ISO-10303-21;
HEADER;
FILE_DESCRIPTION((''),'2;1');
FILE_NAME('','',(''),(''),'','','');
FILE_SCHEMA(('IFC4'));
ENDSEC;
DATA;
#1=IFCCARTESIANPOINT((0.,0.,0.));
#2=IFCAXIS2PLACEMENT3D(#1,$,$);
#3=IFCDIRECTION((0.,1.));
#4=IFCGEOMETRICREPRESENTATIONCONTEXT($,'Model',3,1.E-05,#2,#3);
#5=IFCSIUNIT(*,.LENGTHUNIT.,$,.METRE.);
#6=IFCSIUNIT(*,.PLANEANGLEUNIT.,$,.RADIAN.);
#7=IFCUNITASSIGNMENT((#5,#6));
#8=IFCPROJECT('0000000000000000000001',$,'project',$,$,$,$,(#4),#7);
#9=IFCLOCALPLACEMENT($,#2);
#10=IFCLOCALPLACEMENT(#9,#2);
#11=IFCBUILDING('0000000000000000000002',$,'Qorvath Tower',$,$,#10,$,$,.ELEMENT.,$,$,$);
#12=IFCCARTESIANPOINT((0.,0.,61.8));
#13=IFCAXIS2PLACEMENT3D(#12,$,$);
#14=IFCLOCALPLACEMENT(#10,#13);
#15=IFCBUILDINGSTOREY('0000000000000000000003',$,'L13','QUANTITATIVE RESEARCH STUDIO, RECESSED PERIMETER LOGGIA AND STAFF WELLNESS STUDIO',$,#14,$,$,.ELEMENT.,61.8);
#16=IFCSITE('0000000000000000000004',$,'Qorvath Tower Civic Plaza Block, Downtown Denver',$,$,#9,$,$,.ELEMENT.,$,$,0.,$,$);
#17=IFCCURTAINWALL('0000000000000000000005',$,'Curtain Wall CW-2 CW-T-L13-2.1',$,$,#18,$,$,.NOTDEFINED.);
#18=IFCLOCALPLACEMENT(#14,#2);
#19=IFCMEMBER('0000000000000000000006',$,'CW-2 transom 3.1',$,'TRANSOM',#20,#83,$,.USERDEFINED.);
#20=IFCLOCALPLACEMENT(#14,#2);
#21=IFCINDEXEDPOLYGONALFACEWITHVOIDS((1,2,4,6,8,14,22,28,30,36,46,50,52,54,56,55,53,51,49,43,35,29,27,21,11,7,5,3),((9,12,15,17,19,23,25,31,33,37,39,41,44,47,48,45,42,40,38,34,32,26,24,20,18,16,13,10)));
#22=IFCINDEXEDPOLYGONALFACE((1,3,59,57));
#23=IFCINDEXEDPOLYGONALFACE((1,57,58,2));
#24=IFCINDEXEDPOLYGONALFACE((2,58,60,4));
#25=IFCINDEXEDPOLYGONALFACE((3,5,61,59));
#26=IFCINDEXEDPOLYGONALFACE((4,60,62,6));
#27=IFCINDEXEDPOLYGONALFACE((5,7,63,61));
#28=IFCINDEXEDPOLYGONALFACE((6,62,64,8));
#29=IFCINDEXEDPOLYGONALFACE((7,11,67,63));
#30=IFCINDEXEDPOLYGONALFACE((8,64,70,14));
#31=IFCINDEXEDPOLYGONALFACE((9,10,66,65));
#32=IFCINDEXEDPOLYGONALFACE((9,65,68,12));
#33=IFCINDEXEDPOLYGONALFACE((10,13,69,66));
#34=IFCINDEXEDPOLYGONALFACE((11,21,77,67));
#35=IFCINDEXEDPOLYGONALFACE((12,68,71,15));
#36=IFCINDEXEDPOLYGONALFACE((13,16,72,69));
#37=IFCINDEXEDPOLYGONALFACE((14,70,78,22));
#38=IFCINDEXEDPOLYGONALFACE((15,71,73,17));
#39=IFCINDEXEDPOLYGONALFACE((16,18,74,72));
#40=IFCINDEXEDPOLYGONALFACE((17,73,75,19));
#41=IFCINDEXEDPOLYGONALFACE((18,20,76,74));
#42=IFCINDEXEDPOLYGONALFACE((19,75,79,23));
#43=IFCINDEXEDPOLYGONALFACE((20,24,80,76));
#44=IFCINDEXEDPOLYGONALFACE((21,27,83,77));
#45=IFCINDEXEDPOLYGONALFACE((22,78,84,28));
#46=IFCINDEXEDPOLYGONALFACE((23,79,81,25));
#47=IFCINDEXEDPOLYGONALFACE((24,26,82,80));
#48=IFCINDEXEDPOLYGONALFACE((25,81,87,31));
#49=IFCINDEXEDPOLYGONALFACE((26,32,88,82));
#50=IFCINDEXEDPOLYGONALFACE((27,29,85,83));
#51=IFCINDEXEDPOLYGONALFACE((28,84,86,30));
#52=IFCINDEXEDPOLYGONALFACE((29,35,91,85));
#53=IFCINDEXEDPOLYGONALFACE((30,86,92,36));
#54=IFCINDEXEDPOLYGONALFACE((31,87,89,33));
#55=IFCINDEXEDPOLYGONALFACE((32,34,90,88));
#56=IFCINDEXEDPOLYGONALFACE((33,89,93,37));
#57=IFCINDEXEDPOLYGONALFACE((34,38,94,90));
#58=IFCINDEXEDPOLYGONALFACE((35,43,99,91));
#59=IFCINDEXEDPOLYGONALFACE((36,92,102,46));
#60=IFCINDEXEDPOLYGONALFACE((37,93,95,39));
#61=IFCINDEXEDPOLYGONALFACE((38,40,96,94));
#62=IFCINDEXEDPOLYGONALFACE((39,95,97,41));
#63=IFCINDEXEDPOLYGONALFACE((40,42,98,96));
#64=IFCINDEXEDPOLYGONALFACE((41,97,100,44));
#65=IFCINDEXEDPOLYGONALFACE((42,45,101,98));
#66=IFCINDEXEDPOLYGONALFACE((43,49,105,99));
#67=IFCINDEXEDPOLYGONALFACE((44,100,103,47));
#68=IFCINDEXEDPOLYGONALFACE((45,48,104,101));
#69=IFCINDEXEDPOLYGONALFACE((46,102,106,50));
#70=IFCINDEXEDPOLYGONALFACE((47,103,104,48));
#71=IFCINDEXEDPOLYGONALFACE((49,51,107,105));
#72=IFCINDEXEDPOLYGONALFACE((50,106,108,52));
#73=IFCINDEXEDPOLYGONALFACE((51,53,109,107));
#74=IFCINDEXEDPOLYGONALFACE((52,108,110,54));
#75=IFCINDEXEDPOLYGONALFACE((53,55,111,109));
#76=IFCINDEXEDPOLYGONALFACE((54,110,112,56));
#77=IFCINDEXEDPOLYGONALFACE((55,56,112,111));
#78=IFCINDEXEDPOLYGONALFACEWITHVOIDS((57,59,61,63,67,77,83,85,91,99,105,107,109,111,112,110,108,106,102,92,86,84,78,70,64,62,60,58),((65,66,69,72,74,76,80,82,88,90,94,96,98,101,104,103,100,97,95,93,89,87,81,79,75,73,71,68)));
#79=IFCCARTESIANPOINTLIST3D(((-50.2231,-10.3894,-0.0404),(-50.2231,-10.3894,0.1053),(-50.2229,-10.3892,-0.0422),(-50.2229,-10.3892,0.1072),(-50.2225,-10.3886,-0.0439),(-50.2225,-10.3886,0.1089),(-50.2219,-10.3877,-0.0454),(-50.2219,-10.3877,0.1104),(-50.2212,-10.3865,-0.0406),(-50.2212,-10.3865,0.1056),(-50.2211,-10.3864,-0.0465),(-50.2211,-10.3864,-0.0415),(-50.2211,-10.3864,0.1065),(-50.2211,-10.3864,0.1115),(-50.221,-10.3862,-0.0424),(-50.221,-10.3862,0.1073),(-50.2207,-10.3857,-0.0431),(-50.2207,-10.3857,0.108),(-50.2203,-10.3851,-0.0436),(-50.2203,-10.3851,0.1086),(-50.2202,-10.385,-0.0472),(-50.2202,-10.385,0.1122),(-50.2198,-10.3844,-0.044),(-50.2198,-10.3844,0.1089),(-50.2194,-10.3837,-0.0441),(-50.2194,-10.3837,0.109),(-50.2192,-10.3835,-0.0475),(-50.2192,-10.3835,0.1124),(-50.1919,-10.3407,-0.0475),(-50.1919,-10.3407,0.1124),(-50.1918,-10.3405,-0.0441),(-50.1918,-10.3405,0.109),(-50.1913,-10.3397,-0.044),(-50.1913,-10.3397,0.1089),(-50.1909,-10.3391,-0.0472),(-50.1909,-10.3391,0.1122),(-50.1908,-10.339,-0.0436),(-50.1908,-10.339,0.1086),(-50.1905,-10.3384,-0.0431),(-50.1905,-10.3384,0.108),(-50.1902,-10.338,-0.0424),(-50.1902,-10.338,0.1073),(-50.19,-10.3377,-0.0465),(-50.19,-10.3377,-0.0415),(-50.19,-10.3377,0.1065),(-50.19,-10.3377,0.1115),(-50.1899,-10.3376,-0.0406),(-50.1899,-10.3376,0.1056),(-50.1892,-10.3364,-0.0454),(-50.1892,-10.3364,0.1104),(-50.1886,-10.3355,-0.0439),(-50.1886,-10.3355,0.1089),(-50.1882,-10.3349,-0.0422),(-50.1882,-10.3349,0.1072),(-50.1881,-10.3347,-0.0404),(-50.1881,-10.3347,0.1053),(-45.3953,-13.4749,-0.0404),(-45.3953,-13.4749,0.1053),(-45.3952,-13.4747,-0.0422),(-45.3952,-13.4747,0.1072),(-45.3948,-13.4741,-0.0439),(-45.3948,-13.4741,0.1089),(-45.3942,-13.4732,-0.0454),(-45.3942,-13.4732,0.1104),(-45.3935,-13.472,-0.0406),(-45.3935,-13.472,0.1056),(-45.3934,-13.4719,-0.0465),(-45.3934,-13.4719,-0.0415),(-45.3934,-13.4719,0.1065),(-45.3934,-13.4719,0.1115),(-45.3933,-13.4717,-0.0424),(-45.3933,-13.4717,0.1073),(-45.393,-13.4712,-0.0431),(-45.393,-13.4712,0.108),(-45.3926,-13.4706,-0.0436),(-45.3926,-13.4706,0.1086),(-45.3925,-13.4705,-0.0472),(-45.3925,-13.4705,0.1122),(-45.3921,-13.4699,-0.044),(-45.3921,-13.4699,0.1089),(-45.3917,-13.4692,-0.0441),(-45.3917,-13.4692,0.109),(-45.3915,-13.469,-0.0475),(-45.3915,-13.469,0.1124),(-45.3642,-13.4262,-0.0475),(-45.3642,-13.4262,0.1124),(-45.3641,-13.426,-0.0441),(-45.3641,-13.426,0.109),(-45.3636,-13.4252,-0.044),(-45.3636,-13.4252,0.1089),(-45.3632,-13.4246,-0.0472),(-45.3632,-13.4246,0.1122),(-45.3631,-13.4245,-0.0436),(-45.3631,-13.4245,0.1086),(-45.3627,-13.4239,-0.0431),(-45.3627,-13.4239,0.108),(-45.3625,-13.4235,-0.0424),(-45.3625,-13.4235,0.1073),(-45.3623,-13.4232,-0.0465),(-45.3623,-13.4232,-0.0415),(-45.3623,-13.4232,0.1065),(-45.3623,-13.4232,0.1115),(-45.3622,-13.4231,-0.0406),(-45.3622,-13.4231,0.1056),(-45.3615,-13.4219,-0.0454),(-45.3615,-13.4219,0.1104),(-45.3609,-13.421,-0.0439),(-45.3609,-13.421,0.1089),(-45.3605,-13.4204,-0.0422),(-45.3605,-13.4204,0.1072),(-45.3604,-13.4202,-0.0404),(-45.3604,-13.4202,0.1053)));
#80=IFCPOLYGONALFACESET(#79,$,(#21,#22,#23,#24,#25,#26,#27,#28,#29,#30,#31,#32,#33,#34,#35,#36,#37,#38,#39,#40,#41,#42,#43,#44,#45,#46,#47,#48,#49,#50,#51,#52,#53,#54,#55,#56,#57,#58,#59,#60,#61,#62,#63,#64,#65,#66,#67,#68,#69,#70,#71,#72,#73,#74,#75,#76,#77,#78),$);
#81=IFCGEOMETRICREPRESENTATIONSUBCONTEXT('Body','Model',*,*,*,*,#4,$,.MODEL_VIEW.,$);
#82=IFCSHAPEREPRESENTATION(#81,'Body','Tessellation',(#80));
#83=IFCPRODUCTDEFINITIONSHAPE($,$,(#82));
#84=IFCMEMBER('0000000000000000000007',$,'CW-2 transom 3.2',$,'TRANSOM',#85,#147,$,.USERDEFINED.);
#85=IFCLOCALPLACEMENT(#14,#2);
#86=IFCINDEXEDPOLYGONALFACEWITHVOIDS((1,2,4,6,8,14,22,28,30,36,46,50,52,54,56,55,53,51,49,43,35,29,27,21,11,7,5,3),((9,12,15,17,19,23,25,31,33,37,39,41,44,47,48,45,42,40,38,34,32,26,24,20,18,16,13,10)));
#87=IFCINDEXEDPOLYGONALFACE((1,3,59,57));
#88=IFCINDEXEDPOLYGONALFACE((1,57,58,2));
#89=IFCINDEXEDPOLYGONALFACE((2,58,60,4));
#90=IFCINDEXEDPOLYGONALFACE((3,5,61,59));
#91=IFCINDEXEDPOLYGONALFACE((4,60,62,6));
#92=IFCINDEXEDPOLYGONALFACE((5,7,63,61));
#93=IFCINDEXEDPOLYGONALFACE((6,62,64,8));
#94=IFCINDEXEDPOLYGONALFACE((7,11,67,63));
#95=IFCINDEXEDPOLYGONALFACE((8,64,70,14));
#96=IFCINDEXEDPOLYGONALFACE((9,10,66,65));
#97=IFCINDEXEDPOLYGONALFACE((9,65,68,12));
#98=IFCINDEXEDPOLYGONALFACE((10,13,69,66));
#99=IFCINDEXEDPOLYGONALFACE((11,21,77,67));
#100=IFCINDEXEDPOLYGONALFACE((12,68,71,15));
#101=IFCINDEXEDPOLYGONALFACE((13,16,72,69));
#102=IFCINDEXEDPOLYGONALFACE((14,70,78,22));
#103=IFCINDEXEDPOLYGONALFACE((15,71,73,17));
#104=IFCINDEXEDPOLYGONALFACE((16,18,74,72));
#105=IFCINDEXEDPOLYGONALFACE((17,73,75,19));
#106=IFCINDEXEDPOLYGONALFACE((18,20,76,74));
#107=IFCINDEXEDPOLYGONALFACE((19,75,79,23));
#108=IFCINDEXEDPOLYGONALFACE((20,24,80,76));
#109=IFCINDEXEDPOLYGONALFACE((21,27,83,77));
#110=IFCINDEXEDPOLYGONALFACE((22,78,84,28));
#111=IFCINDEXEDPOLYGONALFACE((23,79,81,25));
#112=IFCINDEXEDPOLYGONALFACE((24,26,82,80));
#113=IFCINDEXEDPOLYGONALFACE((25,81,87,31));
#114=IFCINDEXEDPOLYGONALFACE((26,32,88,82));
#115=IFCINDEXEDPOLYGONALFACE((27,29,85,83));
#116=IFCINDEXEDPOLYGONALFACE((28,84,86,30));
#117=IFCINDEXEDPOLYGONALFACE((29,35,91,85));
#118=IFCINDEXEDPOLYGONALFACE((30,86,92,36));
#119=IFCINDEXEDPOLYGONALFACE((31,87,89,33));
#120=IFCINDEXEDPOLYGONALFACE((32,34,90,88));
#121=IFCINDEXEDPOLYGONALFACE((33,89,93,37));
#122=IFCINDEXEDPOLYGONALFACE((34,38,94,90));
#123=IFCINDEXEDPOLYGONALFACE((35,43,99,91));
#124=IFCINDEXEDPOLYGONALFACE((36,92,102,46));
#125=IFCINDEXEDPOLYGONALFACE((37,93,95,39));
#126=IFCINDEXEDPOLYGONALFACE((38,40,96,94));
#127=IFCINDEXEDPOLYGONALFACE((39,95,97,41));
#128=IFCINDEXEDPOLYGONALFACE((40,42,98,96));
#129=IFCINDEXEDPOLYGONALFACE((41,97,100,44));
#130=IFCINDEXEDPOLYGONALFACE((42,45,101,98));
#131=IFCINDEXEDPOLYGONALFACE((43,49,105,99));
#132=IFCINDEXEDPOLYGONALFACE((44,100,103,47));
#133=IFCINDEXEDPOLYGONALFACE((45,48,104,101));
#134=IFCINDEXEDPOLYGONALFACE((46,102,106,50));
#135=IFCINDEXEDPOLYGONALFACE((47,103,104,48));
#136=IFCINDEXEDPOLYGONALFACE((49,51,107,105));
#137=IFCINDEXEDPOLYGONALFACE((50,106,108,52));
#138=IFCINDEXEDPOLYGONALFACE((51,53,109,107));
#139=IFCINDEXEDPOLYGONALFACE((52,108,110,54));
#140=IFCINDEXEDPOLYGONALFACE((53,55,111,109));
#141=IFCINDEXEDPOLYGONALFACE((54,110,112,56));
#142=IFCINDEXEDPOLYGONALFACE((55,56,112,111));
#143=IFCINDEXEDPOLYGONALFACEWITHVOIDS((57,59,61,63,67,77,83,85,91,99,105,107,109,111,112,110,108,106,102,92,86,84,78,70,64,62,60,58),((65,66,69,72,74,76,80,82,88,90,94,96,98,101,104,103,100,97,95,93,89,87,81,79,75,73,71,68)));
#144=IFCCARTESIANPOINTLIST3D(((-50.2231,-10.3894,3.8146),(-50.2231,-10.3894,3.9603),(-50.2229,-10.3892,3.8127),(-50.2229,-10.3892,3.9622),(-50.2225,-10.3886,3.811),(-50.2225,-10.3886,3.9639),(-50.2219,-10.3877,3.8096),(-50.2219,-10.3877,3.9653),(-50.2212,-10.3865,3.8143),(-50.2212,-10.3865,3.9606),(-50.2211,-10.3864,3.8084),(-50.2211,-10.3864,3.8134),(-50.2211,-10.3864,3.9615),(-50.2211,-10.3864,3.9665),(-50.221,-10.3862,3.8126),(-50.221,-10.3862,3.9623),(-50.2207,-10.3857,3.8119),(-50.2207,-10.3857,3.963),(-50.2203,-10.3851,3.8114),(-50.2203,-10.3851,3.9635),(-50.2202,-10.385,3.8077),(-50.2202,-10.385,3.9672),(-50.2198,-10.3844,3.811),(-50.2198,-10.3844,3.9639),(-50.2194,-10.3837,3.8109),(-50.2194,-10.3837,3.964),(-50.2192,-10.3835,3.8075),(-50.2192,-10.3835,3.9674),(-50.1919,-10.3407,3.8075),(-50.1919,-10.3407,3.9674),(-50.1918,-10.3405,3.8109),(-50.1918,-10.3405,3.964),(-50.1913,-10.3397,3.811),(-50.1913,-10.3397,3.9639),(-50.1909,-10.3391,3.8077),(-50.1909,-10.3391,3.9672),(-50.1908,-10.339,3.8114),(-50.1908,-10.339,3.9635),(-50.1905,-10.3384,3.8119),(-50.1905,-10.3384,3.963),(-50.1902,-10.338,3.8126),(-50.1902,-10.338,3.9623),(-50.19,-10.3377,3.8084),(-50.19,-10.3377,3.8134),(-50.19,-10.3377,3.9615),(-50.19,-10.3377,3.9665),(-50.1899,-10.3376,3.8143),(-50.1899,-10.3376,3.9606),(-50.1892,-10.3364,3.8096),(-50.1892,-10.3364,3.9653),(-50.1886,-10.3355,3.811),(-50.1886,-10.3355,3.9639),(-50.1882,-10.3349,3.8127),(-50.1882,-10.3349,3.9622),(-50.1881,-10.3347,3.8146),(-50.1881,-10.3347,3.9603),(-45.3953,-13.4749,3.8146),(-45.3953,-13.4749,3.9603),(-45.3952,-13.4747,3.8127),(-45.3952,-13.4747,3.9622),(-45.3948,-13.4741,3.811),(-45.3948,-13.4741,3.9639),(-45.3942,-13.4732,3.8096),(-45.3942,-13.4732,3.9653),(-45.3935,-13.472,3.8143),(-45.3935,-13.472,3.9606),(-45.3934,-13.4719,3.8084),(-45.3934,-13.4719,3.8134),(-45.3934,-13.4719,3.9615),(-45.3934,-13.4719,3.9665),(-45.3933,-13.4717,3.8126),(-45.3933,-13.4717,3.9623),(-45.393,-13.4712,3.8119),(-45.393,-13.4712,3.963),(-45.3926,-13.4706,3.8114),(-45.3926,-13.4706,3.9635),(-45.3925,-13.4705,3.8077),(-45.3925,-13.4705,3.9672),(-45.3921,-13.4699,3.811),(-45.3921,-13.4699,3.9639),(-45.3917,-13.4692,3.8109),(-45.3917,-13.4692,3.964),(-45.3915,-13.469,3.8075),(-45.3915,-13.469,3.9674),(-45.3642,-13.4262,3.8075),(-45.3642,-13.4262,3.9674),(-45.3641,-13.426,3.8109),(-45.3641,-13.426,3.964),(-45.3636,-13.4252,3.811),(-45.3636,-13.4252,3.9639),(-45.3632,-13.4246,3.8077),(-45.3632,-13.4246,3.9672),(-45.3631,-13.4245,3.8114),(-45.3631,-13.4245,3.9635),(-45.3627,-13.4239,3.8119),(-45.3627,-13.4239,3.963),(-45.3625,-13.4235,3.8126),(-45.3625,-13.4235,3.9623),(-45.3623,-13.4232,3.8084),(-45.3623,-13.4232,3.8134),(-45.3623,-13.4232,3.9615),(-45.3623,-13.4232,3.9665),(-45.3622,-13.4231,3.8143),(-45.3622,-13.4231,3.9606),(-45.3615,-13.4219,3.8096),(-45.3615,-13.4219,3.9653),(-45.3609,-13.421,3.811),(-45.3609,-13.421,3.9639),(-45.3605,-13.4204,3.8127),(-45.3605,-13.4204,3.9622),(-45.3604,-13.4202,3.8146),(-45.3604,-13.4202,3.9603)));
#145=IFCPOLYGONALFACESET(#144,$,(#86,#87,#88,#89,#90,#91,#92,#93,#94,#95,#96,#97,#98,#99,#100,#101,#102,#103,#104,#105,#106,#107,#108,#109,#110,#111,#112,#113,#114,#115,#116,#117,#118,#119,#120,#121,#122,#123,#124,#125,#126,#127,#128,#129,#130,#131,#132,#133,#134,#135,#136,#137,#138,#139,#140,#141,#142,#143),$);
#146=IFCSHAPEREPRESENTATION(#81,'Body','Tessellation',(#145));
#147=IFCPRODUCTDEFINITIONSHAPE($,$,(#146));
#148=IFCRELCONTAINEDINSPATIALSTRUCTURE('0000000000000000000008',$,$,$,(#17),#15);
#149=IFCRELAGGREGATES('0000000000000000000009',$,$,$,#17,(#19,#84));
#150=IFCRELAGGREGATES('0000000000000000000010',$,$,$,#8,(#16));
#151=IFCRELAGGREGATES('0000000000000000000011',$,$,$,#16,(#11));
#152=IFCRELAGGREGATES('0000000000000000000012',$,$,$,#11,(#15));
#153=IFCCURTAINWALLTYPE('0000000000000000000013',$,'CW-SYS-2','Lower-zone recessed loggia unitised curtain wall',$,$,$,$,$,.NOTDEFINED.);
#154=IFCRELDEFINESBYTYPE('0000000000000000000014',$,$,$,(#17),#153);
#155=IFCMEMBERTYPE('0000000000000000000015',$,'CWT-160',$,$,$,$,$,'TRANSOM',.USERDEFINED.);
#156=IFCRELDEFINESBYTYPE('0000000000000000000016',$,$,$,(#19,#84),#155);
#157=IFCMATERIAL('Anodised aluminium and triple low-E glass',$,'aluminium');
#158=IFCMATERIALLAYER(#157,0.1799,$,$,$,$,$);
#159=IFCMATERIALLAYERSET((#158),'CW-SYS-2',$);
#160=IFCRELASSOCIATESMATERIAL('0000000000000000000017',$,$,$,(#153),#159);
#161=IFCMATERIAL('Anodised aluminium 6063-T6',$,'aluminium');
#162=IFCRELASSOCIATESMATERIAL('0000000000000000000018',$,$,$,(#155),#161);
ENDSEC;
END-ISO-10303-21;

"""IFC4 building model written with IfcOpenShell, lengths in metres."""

from ifc_helpers import new_model, si_unit, direction, frame, origin, origin_2d, place, context, subcontext, project, spatial, hollow_rectangle, extrude, material, layer, layer_set, material_profile, profile_set, type_object, element, aggregate, save


model = new_model("IFC4")

# Units and contexts
model_context = context("Model", 3, precision=1e-05, world=origin(), true_north=direction((0.0, 1.0)))
body_context = subcontext(model_context, "Body", "Model", "MODEL_VIEW")
ifc_project = project(units=[si_unit("LENGTHUNIT", "METRE"), si_unit("PLANEANGLEUNIT", "RADIAN")], contexts=[model_context])

# Site, building, storey
site_placement = place(None, origin())
site = spatial("IfcSite", under=ifc_project, at=site_placement, Name="Qorvath Tower Civic Plaza Block, Downtown Denver", CompositionType="ELEMENT", RefElevation=0.0)
building_placement = place(site_placement, origin())
building = spatial("IfcBuilding", under=site, at=building_placement, Name="Qorvath Tower", CompositionType="ELEMENT")
storey_placement = place(building_placement, frame((0.0, 0.0, 61.8)))
storey = spatial("IfcBuildingStorey", under=building, at=storey_placement, Name="L13", Description="QUANTITATIVE RESEARCH STUDIO, RECESSED PERIMETER LOGGIA AND STAFF WELLNESS STUDIO", CompositionType="ELEMENT", Elevation=61.8)

# Curtain wall, members
ifc_material_1 = material(Name="Anodised aluminium and triple low-E glass", Category="aluminium")
ifc_layer_1 = layer(ifc_material_1, 0.1799)
ifc_layer_set_1 = layer_set([ifc_layer_1], Name="CW-SYS-2")
curtain_wall_type = type_object("IfcCurtainWallType", Name="CW-SYS-2", Description="Lower-zone recessed loggia unitised curtain wall", PredefinedType="NOTDEFINED", material=ifc_layer_set_1)
curtain_wall_placement = place(storey_placement, origin())
curtain_wall = element("IfcCurtainWall", 1, at=curtain_wall_placement, inside=storey, type_object=curtain_wall_type, Name="Curtain Wall CW-2 CW-T-L13-2.1", PredefinedType="NOTDEFINED")
ifc_material_2 = material(Name="Anodised aluminium 6063-T6", Category="aluminium")
ifc_material_profile_1 = material_profile(ifc_material_2, hollow_rectangle(XDim=0.0649, YDim=0.1599, WallThickness=0.0034, InnerFilletRadius=0.0034, OuterFilletRadius=0.0071, at=origin_2d()), Name="CWT 160x65")
ifc_profile_set_1 = profile_set([ifc_material_profile_1], Name="Anodised aluminium 6063-T6")
member_type_1 = type_object("IfcMemberType", Name="CWT-160", ElementType="TRANSOM", PredefinedType="USERDEFINED", material=ifc_profile_set_1)
member_1_placement = place(storey_placement, frame((-50.2056, -10.3621, 0.0325), z_axis=(0.842607, -0.538529, 0.0), x_axis=(0.538529, 0.842607, 0.0)))
member_1 = element("IfcMember", 2, at=member_1_placement, type_object=member_type_1, Name="CW-2 transom 3.1", ObjectType="TRANSOM", PredefinedType="USERDEFINED", context=body_context, shape_type="SweptSolid", body=[
    extrude(hollow_rectangle(XDim=0.0649, YDim=0.1599, WallThickness=0.0034, InnerFilletRadius=0.0034, OuterFilletRadius=0.0071, at=origin_2d()), origin(), (0.0, 0.0, 1.0), 5.7295),
])
member_2_placement = place(storey_placement, frame((-50.2056, -10.3621, 3.8875), z_axis=(0.842607, -0.538529, 0.0), x_axis=(0.538529, 0.842607, 0.0)))
member_2 = element("IfcMember", 3, at=member_2_placement, type_object=member_type_1, Name="CW-2 transom 3.2", ObjectType="TRANSOM", PredefinedType="USERDEFINED", context=body_context, shape_type="SweptSolid", body=[
    extrude(hollow_rectangle(XDim=0.0649, YDim=0.1599, WallThickness=0.0034, InnerFilletRadius=0.0034, OuterFilletRadius=0.0071, at=origin_2d()), origin(), (0.0, 0.0, 1.0), 5.7295),
])

aggregate(curtain_wall, [member_1, member_2])

save(model, "model.ifc")
